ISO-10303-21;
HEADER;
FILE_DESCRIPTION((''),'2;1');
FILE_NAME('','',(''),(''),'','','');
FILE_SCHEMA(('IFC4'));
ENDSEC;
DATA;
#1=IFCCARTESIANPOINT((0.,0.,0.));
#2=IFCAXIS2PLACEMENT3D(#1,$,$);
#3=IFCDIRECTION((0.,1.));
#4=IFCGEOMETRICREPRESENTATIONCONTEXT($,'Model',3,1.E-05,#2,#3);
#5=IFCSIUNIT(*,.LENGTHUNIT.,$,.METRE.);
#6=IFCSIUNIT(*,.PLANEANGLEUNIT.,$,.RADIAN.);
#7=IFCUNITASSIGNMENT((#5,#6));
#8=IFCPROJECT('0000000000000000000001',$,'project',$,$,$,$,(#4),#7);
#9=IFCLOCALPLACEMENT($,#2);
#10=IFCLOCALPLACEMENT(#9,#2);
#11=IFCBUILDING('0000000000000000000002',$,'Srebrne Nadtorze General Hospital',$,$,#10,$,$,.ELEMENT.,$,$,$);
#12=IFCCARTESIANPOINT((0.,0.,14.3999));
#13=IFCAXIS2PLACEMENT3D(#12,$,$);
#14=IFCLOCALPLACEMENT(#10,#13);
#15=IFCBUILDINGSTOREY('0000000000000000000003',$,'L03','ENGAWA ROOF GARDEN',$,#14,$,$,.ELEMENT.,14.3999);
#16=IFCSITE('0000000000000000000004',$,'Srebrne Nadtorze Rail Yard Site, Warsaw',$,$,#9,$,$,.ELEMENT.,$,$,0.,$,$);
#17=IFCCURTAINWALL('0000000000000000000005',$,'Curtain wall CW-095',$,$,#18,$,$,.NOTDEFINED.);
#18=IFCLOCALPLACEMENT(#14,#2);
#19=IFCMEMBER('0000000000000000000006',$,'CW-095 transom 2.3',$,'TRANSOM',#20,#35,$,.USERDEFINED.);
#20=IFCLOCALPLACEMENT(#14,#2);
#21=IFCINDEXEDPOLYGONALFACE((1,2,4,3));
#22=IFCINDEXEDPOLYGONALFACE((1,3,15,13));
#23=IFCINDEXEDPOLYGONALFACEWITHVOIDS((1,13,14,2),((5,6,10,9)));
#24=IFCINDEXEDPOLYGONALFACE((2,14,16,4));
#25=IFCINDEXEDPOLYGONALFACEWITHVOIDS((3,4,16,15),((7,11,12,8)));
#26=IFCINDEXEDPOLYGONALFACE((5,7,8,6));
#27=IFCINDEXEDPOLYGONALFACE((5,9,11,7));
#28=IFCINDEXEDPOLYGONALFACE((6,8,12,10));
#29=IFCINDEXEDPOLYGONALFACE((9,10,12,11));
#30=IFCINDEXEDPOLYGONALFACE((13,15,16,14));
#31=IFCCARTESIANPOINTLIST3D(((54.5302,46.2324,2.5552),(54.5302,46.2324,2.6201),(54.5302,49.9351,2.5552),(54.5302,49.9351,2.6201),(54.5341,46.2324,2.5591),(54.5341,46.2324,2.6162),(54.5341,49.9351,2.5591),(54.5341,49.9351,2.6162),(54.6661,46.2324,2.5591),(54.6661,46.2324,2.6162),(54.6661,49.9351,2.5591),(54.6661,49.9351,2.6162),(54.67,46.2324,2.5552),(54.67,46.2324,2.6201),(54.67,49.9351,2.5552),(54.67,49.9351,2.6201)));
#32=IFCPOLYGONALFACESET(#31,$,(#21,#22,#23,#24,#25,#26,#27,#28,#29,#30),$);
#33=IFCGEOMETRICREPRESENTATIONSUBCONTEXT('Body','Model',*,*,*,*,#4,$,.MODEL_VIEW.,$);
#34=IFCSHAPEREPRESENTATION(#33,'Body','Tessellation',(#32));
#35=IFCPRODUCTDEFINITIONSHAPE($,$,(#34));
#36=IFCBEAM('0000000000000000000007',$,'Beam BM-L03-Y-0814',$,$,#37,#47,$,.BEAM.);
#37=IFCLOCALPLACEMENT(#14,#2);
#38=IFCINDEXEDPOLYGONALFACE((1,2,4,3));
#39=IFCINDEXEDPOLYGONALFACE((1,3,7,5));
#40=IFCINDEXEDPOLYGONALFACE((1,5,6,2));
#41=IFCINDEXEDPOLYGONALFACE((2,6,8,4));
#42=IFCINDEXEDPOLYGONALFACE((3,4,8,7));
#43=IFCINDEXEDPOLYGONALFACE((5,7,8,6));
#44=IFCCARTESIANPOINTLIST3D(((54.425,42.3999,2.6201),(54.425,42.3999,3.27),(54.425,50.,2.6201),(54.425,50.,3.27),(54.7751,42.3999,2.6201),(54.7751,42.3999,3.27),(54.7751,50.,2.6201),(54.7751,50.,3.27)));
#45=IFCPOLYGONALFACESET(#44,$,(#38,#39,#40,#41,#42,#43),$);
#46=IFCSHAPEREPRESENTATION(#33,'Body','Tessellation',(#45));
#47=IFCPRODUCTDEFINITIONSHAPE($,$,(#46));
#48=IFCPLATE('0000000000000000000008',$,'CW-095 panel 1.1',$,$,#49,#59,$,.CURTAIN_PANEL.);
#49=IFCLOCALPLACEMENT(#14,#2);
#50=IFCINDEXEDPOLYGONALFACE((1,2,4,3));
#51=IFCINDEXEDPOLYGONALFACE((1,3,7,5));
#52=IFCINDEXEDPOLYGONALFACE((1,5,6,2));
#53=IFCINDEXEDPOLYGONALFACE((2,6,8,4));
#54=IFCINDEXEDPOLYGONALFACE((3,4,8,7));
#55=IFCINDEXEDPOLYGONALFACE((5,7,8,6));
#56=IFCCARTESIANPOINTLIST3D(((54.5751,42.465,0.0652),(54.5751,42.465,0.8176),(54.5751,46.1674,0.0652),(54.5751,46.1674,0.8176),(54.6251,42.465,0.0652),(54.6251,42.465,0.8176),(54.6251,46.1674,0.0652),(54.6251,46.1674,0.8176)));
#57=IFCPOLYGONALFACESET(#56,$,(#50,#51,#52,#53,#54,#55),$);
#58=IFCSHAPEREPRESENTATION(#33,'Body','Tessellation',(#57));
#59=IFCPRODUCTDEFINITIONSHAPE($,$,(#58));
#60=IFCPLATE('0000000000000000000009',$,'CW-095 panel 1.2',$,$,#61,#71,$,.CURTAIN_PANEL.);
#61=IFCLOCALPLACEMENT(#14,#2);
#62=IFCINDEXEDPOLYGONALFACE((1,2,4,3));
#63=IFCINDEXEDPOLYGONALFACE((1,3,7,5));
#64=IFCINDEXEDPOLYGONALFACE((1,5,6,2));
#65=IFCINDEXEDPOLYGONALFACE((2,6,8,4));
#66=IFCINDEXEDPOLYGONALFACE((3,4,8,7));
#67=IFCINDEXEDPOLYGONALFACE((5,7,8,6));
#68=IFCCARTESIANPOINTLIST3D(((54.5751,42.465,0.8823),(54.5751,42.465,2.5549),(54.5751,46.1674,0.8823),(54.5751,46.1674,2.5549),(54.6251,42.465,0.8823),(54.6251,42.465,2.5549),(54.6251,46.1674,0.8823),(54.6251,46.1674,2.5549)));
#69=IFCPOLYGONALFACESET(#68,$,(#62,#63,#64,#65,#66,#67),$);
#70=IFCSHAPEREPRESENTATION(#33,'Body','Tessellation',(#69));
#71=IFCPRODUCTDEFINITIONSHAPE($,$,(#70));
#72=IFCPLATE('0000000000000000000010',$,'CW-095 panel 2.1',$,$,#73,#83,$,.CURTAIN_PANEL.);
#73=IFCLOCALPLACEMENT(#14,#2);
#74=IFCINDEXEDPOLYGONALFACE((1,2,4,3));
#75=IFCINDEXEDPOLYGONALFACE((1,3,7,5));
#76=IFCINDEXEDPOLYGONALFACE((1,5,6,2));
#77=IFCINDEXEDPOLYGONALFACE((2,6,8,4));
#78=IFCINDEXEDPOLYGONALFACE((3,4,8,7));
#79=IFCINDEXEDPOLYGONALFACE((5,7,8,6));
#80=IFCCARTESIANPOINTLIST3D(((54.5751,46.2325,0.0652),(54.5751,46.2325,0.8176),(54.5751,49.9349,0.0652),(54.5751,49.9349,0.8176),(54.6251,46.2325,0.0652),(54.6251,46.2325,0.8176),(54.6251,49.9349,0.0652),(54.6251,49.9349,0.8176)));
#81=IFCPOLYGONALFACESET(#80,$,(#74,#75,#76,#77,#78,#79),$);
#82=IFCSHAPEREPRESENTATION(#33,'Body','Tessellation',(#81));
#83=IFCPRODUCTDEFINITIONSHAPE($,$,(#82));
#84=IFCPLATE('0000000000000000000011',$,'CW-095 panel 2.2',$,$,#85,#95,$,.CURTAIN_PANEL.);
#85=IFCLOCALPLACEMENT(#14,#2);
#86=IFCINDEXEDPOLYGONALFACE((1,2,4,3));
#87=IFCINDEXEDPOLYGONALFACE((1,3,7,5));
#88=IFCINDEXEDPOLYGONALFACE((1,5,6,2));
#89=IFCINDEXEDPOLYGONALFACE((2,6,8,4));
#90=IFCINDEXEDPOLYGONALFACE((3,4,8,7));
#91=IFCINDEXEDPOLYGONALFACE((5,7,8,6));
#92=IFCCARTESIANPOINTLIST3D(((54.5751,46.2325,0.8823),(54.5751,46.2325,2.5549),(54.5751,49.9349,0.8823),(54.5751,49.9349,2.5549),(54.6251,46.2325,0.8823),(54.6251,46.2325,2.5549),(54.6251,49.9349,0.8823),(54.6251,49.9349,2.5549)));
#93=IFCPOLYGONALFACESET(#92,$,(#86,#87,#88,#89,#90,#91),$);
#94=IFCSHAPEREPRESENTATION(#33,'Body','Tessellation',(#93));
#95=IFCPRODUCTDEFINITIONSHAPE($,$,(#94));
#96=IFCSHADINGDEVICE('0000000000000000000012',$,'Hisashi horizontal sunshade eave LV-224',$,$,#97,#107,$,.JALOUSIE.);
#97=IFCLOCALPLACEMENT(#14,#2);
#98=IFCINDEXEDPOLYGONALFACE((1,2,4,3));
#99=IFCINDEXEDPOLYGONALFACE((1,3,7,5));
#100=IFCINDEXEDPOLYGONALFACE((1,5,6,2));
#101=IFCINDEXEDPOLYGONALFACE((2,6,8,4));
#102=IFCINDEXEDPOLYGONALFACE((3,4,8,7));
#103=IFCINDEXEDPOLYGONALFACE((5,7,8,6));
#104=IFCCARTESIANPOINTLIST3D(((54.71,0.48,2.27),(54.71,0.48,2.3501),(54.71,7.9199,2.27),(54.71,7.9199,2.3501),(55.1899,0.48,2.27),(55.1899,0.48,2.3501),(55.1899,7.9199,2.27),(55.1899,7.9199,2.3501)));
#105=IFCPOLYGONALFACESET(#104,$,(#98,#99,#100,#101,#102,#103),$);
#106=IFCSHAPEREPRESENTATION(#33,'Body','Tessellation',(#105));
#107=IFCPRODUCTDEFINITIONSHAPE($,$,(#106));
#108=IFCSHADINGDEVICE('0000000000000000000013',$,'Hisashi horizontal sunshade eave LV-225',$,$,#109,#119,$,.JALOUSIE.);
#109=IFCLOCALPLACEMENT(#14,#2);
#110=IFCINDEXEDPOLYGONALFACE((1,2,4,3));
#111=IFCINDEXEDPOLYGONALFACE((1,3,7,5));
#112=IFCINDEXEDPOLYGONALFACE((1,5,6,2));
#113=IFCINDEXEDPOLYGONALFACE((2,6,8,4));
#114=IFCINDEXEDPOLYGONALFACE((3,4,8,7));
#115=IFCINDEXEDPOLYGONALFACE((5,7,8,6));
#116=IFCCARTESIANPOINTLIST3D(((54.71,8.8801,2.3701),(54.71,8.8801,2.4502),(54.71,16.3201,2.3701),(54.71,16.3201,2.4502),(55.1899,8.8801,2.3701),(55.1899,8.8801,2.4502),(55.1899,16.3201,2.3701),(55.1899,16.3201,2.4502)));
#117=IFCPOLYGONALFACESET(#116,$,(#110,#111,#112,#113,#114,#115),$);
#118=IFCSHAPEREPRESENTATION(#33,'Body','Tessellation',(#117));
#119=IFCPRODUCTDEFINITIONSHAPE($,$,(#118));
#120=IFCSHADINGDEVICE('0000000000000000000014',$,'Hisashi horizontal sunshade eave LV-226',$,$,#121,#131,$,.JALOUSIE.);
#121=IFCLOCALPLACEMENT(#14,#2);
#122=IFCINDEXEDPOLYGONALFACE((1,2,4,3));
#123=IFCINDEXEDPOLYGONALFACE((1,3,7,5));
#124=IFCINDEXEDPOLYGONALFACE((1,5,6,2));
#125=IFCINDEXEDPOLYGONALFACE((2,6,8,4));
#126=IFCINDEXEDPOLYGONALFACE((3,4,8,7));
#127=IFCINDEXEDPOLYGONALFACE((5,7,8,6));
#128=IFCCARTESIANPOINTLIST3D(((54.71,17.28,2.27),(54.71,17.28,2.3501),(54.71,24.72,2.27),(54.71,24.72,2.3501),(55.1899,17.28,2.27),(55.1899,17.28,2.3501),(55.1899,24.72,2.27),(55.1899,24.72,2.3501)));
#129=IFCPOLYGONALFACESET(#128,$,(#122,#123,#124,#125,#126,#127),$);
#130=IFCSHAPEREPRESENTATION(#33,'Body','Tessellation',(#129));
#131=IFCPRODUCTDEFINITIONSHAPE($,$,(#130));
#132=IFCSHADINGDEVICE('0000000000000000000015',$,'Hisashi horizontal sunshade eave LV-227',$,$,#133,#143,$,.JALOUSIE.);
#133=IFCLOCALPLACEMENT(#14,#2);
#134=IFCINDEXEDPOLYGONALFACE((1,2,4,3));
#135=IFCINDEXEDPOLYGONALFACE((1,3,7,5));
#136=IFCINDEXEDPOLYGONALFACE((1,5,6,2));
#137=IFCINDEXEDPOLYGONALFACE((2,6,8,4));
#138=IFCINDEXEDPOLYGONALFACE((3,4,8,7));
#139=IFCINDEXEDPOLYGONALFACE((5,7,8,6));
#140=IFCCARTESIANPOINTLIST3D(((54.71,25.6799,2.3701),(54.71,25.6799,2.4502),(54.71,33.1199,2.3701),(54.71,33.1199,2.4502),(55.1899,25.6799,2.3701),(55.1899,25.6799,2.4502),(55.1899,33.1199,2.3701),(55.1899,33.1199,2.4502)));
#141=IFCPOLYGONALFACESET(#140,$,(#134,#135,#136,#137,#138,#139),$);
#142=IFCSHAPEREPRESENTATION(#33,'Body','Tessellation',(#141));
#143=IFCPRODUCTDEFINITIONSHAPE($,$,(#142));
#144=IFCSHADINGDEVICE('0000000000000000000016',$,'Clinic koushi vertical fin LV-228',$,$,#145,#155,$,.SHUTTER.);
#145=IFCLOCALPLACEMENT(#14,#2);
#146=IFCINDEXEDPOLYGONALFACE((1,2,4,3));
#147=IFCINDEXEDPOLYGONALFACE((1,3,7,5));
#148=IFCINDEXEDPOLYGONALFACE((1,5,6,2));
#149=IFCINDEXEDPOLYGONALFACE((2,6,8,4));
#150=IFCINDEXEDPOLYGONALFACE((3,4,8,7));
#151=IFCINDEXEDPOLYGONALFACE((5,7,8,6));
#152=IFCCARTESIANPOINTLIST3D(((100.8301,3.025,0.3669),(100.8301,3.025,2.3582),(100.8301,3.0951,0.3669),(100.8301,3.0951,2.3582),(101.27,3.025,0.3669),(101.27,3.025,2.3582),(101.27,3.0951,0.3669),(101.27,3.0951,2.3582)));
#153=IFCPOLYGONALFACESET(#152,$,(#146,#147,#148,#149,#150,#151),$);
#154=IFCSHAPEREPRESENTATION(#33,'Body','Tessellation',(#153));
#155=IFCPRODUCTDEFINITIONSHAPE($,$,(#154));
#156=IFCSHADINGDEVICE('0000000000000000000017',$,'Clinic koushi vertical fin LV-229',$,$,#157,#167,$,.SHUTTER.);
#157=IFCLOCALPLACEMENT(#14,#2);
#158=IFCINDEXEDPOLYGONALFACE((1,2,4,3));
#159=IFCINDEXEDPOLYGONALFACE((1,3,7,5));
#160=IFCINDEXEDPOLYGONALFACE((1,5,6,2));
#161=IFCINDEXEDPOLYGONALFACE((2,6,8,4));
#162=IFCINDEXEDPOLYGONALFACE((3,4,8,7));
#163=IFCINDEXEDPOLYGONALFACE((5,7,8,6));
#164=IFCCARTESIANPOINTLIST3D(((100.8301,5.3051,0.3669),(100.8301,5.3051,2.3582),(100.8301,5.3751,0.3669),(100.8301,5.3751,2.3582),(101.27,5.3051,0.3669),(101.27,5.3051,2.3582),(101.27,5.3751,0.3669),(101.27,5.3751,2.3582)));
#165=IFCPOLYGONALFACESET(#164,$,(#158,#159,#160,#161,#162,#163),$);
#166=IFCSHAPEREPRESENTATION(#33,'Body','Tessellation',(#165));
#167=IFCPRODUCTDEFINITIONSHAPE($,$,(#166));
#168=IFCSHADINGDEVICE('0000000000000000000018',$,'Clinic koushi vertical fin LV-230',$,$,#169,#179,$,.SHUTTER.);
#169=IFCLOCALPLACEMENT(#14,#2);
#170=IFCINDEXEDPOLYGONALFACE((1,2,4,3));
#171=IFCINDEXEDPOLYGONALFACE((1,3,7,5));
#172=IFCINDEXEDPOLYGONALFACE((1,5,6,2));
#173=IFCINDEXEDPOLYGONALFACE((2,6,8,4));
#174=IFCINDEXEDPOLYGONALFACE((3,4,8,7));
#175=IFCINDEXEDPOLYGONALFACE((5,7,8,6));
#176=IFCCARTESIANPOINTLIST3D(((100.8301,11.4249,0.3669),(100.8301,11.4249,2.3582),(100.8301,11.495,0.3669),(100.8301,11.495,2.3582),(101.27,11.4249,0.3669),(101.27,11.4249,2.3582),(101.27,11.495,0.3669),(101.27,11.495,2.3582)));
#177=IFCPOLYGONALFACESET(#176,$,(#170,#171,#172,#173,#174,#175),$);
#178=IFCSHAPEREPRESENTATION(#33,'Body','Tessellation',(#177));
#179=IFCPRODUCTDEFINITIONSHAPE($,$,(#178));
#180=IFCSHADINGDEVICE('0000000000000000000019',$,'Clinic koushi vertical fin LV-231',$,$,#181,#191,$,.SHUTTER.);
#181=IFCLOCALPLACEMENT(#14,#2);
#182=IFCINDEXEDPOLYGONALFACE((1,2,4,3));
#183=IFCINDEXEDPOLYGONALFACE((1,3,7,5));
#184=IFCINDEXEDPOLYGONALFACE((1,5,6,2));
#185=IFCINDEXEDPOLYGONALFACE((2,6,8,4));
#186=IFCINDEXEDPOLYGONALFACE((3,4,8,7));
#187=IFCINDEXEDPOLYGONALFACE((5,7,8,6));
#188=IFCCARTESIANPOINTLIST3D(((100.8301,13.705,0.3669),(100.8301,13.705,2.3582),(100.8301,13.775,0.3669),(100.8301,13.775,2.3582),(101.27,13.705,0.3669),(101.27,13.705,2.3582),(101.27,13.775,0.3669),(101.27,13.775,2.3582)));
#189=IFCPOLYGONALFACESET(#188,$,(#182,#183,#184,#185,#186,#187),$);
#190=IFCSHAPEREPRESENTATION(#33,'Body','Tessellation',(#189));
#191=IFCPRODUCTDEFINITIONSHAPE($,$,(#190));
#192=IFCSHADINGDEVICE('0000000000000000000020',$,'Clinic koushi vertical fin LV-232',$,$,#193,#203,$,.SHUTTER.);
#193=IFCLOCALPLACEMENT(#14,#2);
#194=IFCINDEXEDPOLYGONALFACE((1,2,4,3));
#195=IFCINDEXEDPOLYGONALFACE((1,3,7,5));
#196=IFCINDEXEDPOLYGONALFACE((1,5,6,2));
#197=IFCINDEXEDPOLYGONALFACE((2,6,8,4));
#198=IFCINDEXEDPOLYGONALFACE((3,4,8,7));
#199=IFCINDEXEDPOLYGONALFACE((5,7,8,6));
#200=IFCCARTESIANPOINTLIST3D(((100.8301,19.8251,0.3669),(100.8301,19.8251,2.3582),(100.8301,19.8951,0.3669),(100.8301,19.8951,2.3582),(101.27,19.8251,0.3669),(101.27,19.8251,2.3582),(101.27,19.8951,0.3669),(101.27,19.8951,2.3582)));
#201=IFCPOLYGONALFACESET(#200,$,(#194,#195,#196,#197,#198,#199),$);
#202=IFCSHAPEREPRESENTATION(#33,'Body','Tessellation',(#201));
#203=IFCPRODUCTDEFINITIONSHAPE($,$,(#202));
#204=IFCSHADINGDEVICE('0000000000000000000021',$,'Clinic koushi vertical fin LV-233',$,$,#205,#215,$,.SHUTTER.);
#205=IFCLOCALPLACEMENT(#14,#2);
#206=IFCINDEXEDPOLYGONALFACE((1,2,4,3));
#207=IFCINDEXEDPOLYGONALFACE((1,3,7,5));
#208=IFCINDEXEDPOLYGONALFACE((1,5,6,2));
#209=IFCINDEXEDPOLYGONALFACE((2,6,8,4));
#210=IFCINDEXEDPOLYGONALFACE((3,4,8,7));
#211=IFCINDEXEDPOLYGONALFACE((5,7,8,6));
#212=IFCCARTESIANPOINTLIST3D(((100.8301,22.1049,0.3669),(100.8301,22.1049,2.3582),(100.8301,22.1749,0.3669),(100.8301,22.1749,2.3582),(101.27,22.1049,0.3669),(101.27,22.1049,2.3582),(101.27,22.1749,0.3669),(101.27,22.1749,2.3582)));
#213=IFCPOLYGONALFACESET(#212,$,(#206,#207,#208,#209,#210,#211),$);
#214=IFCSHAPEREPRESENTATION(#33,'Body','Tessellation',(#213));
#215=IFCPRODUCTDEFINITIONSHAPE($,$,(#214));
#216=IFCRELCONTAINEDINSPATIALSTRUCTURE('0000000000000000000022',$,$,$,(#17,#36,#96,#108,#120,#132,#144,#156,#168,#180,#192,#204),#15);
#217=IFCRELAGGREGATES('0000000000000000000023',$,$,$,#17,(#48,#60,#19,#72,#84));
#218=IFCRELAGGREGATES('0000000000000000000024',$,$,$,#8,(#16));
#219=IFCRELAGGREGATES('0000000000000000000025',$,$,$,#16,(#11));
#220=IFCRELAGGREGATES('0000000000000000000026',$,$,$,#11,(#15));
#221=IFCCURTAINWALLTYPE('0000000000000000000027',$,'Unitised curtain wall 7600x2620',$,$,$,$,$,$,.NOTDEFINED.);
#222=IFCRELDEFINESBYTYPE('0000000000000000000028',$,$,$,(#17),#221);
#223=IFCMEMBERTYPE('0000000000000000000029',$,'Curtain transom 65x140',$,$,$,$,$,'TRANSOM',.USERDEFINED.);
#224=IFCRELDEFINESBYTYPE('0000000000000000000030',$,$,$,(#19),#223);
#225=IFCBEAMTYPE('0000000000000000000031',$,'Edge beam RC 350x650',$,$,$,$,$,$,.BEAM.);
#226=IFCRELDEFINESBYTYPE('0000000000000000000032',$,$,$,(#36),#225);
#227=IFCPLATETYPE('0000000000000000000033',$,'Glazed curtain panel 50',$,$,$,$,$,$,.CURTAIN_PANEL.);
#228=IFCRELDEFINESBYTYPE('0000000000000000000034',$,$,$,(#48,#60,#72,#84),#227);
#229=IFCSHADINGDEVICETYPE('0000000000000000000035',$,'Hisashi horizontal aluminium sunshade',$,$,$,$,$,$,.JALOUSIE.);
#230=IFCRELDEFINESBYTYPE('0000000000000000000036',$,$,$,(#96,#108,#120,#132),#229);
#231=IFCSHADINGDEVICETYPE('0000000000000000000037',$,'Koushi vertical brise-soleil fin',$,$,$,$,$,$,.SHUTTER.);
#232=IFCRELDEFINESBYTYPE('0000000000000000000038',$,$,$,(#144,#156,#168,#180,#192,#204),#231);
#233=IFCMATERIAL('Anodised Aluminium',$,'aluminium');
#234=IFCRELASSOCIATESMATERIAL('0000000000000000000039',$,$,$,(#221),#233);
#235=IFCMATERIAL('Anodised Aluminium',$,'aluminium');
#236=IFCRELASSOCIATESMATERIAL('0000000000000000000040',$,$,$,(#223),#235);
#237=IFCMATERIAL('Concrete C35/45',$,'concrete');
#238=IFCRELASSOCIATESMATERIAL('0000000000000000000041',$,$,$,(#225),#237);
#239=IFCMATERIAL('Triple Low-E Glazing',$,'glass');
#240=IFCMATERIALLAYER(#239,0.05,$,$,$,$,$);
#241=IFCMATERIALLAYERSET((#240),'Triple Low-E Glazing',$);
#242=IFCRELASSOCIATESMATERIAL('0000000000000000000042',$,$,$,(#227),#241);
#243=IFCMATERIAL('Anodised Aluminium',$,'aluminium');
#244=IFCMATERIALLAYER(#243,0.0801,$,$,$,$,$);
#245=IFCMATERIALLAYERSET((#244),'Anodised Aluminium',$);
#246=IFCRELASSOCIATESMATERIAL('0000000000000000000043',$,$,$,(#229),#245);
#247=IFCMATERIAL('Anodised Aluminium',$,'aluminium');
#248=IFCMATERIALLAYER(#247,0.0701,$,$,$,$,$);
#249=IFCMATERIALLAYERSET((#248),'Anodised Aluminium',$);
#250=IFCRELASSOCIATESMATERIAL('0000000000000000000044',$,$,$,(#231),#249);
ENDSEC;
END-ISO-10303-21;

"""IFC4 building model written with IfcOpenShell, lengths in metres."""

from ifc_helpers import new_model, si_unit, direction, frame, origin, origin_2d, place, context, subcontext, project, spatial, rectangle, hollow_rectangle, extrude, material, layer, layer_set, material_profile, profile_set, type_object, element, aggregate, save


model = new_model("IFC4")

# Units and contexts
model_context = context("Model", 3, precision=1e-05, world=origin(), true_north=direction((0.0, 1.0)))
body_context = subcontext(model_context, "Body", "Model", "MODEL_VIEW")
ifc_project = project(units=[si_unit("LENGTHUNIT", "METRE"), si_unit("PLANEANGLEUNIT", "RADIAN")], contexts=[model_context])

# Site, building, storey
site_placement = place(None, origin())
site = spatial("IfcSite", under=ifc_project, at=site_placement, Name="Srebrne Nadtorze Rail Yard Site, Warsaw", CompositionType="ELEMENT", RefElevation=0.0)
building_placement = place(site_placement, origin())
building = spatial("IfcBuilding", under=site, at=building_placement, Name="Srebrne Nadtorze General Hospital", CompositionType="ELEMENT")
storey_placement = place(building_placement, frame((0.0, 0.0, 14.3999)))
storey = spatial("IfcBuildingStorey", under=building, at=storey_placement, Name="L03", Description="ENGAWA ROOF GARDEN", CompositionType="ELEMENT", Elevation=14.3999)

# Curtain wall, member
ifc_material_1 = material(Name="Anodised Aluminium", Category="aluminium")
curtain_wall_type = type_object("IfcCurtainWallType", Name="Unitised curtain wall 7600x2620", PredefinedType="NOTDEFINED", material=ifc_material_1)
curtain_wall_placement = place(storey_placement, origin())
curtain_wall = element("IfcCurtainWall", 1, at=curtain_wall_placement, inside=storey, type_object=curtain_wall_type, Name="Curtain wall CW-095", PredefinedType="NOTDEFINED")
ifc_material_2 = material(Name="Anodised Aluminium", Category="aluminium")
ifc_material_profile_1 = material_profile(ifc_material_2, hollow_rectangle(XDim=0.0649, YDim=0.1399, WallThickness=0.0039, at=origin_2d()), Name="AL-TRN-65x140")
ifc_profile_set_1 = profile_set([ifc_material_profile_1], Name="Anodised Aluminium")
member_type_1 = type_object("IfcMemberType", Name="Curtain transom 65x140", ElementType="TRANSOM", PredefinedType="USERDEFINED", material=ifc_profile_set_1)
member_1_placement = place(storey_placement, frame((54.6001, 46.2324, 2.5876), z_axis=(0.0, 1.0, 0.0), x_axis=(0.0, 0.0, 1.0)))
member_1 = element("IfcMember", 2, at=member_1_placement, type_object=member_type_1, Name="CW-095 transom 2.3", ObjectType="TRANSOM", PredefinedType="USERDEFINED", context=body_context, shape_type="SweptSolid", body=[
    extrude(hollow_rectangle(XDim=0.0649, YDim=0.1399, WallThickness=0.0039, at=origin_2d()), origin(), (0.0, 0.0, 1.0), 3.7026),
])

# Beam
ifc_material_3 = material(Name="Concrete C35/45", Category="concrete")
ifc_material_profile_2 = material_profile(ifc_material_3, rectangle(XDim=0.3501, YDim=0.6499, at=origin_2d()), Name="RC-BM-350x650")
ifc_profile_set_2 = profile_set([ifc_material_profile_2], Name="Concrete C35/45")
beam_type = type_object("IfcBeamType", Name="Edge beam RC 350x650", PredefinedType="BEAM", material=ifc_profile_set_2)
beam_placement = place(storey_placement, frame((54.6001, 42.3999, 2.9451), z_axis=(0.0, 1.0, 0.0), x_axis=(-1.0, 0.0, 0.0)))
element("IfcBeam", 3, at=beam_placement, inside=storey, type_object=beam_type, Name="Beam BM-L03-Y-0814", PredefinedType="BEAM", context=body_context, shape_type="SweptSolid", body=[
    extrude(rectangle(XDim=0.3501, YDim=0.6499, at=origin_2d()), origin(), (0.0, 0.0, 1.0), 7.6001),
])

# Plates
ifc_material_4 = material(Name="Triple Low-E Glazing", Category="glass")
ifc_layer_1 = layer(ifc_material_4, 0.05)
ifc_layer_set_1 = layer_set([ifc_layer_1], Name="Triple Low-E Glazing")
plate_type = type_object("IfcPlateType", Name="Glazed curtain panel 50", PredefinedType="CURTAIN_PANEL", material=ifc_layer_set_1)
plate_1_placement = place(storey_placement, frame((54.6001, 44.3162, 0.0652), z_axis=(0.0, 0.0, 1.0), x_axis=(0.0, 1.0, 0.0)))
plate_1 = element("IfcPlate", 4, at=plate_1_placement, type_object=plate_type, Name="CW-095 panel 1.1", PredefinedType="CURTAIN_PANEL", context=body_context, shape_type="SweptSolid", body=[
    extrude(rectangle(XDim=3.7024, YDim=0.05, at=origin_2d()), origin(), (0.0, 0.0, 1.0), 0.7524),
])
plate_2_placement = place(storey_placement, frame((54.6001, 44.3162, 0.8823), z_axis=(0.0, 0.0, 1.0), x_axis=(0.0, 1.0, 0.0)))
plate_2 = element("IfcPlate", 5, at=plate_2_placement, type_object=plate_type, Name="CW-095 panel 1.2", PredefinedType="CURTAIN_PANEL", context=body_context, shape_type="SweptSolid", body=[
    extrude(rectangle(XDim=3.7024, YDim=0.05, at=origin_2d()), origin(), (0.0, 0.0, 1.0), 1.6726),
])
plate_3_placement = place(storey_placement, frame((54.6001, 48.0837, 0.0652), z_axis=(0.0, 0.0, 1.0), x_axis=(0.0, 1.0, 0.0)))
plate_3 = element("IfcPlate", 6, at=plate_3_placement, type_object=plate_type, Name="CW-095 panel 2.1", PredefinedType="CURTAIN_PANEL", context=body_context, shape_type="SweptSolid", body=[
    extrude(rectangle(XDim=3.7024, YDim=0.05, at=origin_2d()), origin(), (0.0, 0.0, 1.0), 0.7524),
])
plate_4_placement = place(storey_placement, frame((54.6001, 48.0837, 0.8823), z_axis=(0.0, 0.0, 1.0), x_axis=(0.0, 1.0, 0.0)))
plate_4 = element("IfcPlate", 7, at=plate_4_placement, type_object=plate_type, Name="CW-095 panel 2.2", PredefinedType="CURTAIN_PANEL", context=body_context, shape_type="SweptSolid", body=[
    extrude(rectangle(XDim=3.7024, YDim=0.05, at=origin_2d()), origin(), (0.0, 0.0, 1.0), 1.6726),
])
aggregate(curtain_wall, [plate_1, plate_2, member_1, plate_3, plate_4])

# Shading devices
ifc_material_5 = material(Name="Anodised Aluminium", Category="aluminium")
ifc_layer_2 = layer(ifc_material_5, 0.0801)
ifc_layer_set_2 = layer_set([ifc_layer_2], Name="Anodised Aluminium")
shading_device_type_1 = type_object("IfcShadingDeviceType", Name="Hisashi horizontal aluminium sunshade", PredefinedType="JALOUSIE", material=ifc_layer_set_2)
for number, where, z_axis, x_axis, name in (
    (8, (54.95, 4.2, 2.27), (0.0, 0.0, 1.0), (1.0, 0.0, 0.0), "Hisashi horizontal sunshade eave LV-224"),
    (9, (54.95, 12.6001, 2.3701), (0.0, 0.0, 1.0), (1.0, 0.0, 0.0), "Hisashi horizontal sunshade eave LV-225"),
    (10, (54.95, 21.0, 2.27), (0.0, 0.0, 1.0), (1.0, 0.0, 0.0), "Hisashi horizontal sunshade eave LV-226"),
    (11, (54.95, 29.3999, 2.3701), (0.0, 0.0, 1.0), (1.0, 0.0, 0.0), "Hisashi horizontal sunshade eave LV-227"),
):
    element("IfcShadingDevice", number, at=place(storey_placement, frame(where, z_axis=z_axis, x_axis=x_axis)), inside=storey, type_object=shading_device_type_1, Name=name, PredefinedType="JALOUSIE", context=body_context, shape_type="SweptSolid", body=[
        extrude(rectangle(XDim=0.48, YDim=7.4399, at=origin_2d()), origin(), (0.0, 0.0, 1.0), 0.0801),
    ])
ifc_material_6 = material(Name="Anodised Aluminium", Category="aluminium")
ifc_layer_3 = layer(ifc_material_6, 0.0701)
ifc_layer_set_3 = layer_set([ifc_layer_3], Name="Anodised Aluminium")
shading_device_type_2 = type_object("IfcShadingDeviceType", Name="Koushi vertical brise-soleil fin", PredefinedType="SHUTTER", material=ifc_layer_set_3)
for number, where, z_axis, x_axis, name in (
    (12, (101.05, 3.0601, 0.3669), (0.0, 0.0, 1.0), (1.0, 0.0, 0.0), "Clinic koushi vertical fin LV-228"),
    (13, (101.05, 5.3401, 0.3669), (0.0, 0.0, 1.0), (1.0, 0.0, 0.0), "Clinic koushi vertical fin LV-229"),
    (14, (101.05, 11.46, 0.3669), (0.0, 0.0, 1.0), (1.0, 0.0, 0.0), "Clinic koushi vertical fin LV-230"),
    (15, (101.05, 13.74, 0.3669), (0.0, 0.0, 1.0), (1.0, 0.0, 0.0), "Clinic koushi vertical fin LV-231"),
    (16, (101.05, 19.8601, 0.3669), (0.0, 0.0, 1.0), (1.0, 0.0, 0.0), "Clinic koushi vertical fin LV-232"),
    (17, (101.05, 22.1399, 0.3669), (0.0, 0.0, 1.0), (1.0, 0.0, 0.0), "Clinic koushi vertical fin LV-233"),
):
    element("IfcShadingDevice", number, at=place(storey_placement, frame(where, z_axis=z_axis, x_axis=x_axis)), inside=storey, type_object=shading_device_type_2, Name=name, PredefinedType="SHUTTER", context=body_context, shape_type="SweptSolid", body=[
        extrude(rectangle(XDim=0.4399, YDim=0.0701, at=origin_2d()), origin(), (0.0, 0.0, 1.0), 1.9912),
    ])

save(model, "model.ifc")
